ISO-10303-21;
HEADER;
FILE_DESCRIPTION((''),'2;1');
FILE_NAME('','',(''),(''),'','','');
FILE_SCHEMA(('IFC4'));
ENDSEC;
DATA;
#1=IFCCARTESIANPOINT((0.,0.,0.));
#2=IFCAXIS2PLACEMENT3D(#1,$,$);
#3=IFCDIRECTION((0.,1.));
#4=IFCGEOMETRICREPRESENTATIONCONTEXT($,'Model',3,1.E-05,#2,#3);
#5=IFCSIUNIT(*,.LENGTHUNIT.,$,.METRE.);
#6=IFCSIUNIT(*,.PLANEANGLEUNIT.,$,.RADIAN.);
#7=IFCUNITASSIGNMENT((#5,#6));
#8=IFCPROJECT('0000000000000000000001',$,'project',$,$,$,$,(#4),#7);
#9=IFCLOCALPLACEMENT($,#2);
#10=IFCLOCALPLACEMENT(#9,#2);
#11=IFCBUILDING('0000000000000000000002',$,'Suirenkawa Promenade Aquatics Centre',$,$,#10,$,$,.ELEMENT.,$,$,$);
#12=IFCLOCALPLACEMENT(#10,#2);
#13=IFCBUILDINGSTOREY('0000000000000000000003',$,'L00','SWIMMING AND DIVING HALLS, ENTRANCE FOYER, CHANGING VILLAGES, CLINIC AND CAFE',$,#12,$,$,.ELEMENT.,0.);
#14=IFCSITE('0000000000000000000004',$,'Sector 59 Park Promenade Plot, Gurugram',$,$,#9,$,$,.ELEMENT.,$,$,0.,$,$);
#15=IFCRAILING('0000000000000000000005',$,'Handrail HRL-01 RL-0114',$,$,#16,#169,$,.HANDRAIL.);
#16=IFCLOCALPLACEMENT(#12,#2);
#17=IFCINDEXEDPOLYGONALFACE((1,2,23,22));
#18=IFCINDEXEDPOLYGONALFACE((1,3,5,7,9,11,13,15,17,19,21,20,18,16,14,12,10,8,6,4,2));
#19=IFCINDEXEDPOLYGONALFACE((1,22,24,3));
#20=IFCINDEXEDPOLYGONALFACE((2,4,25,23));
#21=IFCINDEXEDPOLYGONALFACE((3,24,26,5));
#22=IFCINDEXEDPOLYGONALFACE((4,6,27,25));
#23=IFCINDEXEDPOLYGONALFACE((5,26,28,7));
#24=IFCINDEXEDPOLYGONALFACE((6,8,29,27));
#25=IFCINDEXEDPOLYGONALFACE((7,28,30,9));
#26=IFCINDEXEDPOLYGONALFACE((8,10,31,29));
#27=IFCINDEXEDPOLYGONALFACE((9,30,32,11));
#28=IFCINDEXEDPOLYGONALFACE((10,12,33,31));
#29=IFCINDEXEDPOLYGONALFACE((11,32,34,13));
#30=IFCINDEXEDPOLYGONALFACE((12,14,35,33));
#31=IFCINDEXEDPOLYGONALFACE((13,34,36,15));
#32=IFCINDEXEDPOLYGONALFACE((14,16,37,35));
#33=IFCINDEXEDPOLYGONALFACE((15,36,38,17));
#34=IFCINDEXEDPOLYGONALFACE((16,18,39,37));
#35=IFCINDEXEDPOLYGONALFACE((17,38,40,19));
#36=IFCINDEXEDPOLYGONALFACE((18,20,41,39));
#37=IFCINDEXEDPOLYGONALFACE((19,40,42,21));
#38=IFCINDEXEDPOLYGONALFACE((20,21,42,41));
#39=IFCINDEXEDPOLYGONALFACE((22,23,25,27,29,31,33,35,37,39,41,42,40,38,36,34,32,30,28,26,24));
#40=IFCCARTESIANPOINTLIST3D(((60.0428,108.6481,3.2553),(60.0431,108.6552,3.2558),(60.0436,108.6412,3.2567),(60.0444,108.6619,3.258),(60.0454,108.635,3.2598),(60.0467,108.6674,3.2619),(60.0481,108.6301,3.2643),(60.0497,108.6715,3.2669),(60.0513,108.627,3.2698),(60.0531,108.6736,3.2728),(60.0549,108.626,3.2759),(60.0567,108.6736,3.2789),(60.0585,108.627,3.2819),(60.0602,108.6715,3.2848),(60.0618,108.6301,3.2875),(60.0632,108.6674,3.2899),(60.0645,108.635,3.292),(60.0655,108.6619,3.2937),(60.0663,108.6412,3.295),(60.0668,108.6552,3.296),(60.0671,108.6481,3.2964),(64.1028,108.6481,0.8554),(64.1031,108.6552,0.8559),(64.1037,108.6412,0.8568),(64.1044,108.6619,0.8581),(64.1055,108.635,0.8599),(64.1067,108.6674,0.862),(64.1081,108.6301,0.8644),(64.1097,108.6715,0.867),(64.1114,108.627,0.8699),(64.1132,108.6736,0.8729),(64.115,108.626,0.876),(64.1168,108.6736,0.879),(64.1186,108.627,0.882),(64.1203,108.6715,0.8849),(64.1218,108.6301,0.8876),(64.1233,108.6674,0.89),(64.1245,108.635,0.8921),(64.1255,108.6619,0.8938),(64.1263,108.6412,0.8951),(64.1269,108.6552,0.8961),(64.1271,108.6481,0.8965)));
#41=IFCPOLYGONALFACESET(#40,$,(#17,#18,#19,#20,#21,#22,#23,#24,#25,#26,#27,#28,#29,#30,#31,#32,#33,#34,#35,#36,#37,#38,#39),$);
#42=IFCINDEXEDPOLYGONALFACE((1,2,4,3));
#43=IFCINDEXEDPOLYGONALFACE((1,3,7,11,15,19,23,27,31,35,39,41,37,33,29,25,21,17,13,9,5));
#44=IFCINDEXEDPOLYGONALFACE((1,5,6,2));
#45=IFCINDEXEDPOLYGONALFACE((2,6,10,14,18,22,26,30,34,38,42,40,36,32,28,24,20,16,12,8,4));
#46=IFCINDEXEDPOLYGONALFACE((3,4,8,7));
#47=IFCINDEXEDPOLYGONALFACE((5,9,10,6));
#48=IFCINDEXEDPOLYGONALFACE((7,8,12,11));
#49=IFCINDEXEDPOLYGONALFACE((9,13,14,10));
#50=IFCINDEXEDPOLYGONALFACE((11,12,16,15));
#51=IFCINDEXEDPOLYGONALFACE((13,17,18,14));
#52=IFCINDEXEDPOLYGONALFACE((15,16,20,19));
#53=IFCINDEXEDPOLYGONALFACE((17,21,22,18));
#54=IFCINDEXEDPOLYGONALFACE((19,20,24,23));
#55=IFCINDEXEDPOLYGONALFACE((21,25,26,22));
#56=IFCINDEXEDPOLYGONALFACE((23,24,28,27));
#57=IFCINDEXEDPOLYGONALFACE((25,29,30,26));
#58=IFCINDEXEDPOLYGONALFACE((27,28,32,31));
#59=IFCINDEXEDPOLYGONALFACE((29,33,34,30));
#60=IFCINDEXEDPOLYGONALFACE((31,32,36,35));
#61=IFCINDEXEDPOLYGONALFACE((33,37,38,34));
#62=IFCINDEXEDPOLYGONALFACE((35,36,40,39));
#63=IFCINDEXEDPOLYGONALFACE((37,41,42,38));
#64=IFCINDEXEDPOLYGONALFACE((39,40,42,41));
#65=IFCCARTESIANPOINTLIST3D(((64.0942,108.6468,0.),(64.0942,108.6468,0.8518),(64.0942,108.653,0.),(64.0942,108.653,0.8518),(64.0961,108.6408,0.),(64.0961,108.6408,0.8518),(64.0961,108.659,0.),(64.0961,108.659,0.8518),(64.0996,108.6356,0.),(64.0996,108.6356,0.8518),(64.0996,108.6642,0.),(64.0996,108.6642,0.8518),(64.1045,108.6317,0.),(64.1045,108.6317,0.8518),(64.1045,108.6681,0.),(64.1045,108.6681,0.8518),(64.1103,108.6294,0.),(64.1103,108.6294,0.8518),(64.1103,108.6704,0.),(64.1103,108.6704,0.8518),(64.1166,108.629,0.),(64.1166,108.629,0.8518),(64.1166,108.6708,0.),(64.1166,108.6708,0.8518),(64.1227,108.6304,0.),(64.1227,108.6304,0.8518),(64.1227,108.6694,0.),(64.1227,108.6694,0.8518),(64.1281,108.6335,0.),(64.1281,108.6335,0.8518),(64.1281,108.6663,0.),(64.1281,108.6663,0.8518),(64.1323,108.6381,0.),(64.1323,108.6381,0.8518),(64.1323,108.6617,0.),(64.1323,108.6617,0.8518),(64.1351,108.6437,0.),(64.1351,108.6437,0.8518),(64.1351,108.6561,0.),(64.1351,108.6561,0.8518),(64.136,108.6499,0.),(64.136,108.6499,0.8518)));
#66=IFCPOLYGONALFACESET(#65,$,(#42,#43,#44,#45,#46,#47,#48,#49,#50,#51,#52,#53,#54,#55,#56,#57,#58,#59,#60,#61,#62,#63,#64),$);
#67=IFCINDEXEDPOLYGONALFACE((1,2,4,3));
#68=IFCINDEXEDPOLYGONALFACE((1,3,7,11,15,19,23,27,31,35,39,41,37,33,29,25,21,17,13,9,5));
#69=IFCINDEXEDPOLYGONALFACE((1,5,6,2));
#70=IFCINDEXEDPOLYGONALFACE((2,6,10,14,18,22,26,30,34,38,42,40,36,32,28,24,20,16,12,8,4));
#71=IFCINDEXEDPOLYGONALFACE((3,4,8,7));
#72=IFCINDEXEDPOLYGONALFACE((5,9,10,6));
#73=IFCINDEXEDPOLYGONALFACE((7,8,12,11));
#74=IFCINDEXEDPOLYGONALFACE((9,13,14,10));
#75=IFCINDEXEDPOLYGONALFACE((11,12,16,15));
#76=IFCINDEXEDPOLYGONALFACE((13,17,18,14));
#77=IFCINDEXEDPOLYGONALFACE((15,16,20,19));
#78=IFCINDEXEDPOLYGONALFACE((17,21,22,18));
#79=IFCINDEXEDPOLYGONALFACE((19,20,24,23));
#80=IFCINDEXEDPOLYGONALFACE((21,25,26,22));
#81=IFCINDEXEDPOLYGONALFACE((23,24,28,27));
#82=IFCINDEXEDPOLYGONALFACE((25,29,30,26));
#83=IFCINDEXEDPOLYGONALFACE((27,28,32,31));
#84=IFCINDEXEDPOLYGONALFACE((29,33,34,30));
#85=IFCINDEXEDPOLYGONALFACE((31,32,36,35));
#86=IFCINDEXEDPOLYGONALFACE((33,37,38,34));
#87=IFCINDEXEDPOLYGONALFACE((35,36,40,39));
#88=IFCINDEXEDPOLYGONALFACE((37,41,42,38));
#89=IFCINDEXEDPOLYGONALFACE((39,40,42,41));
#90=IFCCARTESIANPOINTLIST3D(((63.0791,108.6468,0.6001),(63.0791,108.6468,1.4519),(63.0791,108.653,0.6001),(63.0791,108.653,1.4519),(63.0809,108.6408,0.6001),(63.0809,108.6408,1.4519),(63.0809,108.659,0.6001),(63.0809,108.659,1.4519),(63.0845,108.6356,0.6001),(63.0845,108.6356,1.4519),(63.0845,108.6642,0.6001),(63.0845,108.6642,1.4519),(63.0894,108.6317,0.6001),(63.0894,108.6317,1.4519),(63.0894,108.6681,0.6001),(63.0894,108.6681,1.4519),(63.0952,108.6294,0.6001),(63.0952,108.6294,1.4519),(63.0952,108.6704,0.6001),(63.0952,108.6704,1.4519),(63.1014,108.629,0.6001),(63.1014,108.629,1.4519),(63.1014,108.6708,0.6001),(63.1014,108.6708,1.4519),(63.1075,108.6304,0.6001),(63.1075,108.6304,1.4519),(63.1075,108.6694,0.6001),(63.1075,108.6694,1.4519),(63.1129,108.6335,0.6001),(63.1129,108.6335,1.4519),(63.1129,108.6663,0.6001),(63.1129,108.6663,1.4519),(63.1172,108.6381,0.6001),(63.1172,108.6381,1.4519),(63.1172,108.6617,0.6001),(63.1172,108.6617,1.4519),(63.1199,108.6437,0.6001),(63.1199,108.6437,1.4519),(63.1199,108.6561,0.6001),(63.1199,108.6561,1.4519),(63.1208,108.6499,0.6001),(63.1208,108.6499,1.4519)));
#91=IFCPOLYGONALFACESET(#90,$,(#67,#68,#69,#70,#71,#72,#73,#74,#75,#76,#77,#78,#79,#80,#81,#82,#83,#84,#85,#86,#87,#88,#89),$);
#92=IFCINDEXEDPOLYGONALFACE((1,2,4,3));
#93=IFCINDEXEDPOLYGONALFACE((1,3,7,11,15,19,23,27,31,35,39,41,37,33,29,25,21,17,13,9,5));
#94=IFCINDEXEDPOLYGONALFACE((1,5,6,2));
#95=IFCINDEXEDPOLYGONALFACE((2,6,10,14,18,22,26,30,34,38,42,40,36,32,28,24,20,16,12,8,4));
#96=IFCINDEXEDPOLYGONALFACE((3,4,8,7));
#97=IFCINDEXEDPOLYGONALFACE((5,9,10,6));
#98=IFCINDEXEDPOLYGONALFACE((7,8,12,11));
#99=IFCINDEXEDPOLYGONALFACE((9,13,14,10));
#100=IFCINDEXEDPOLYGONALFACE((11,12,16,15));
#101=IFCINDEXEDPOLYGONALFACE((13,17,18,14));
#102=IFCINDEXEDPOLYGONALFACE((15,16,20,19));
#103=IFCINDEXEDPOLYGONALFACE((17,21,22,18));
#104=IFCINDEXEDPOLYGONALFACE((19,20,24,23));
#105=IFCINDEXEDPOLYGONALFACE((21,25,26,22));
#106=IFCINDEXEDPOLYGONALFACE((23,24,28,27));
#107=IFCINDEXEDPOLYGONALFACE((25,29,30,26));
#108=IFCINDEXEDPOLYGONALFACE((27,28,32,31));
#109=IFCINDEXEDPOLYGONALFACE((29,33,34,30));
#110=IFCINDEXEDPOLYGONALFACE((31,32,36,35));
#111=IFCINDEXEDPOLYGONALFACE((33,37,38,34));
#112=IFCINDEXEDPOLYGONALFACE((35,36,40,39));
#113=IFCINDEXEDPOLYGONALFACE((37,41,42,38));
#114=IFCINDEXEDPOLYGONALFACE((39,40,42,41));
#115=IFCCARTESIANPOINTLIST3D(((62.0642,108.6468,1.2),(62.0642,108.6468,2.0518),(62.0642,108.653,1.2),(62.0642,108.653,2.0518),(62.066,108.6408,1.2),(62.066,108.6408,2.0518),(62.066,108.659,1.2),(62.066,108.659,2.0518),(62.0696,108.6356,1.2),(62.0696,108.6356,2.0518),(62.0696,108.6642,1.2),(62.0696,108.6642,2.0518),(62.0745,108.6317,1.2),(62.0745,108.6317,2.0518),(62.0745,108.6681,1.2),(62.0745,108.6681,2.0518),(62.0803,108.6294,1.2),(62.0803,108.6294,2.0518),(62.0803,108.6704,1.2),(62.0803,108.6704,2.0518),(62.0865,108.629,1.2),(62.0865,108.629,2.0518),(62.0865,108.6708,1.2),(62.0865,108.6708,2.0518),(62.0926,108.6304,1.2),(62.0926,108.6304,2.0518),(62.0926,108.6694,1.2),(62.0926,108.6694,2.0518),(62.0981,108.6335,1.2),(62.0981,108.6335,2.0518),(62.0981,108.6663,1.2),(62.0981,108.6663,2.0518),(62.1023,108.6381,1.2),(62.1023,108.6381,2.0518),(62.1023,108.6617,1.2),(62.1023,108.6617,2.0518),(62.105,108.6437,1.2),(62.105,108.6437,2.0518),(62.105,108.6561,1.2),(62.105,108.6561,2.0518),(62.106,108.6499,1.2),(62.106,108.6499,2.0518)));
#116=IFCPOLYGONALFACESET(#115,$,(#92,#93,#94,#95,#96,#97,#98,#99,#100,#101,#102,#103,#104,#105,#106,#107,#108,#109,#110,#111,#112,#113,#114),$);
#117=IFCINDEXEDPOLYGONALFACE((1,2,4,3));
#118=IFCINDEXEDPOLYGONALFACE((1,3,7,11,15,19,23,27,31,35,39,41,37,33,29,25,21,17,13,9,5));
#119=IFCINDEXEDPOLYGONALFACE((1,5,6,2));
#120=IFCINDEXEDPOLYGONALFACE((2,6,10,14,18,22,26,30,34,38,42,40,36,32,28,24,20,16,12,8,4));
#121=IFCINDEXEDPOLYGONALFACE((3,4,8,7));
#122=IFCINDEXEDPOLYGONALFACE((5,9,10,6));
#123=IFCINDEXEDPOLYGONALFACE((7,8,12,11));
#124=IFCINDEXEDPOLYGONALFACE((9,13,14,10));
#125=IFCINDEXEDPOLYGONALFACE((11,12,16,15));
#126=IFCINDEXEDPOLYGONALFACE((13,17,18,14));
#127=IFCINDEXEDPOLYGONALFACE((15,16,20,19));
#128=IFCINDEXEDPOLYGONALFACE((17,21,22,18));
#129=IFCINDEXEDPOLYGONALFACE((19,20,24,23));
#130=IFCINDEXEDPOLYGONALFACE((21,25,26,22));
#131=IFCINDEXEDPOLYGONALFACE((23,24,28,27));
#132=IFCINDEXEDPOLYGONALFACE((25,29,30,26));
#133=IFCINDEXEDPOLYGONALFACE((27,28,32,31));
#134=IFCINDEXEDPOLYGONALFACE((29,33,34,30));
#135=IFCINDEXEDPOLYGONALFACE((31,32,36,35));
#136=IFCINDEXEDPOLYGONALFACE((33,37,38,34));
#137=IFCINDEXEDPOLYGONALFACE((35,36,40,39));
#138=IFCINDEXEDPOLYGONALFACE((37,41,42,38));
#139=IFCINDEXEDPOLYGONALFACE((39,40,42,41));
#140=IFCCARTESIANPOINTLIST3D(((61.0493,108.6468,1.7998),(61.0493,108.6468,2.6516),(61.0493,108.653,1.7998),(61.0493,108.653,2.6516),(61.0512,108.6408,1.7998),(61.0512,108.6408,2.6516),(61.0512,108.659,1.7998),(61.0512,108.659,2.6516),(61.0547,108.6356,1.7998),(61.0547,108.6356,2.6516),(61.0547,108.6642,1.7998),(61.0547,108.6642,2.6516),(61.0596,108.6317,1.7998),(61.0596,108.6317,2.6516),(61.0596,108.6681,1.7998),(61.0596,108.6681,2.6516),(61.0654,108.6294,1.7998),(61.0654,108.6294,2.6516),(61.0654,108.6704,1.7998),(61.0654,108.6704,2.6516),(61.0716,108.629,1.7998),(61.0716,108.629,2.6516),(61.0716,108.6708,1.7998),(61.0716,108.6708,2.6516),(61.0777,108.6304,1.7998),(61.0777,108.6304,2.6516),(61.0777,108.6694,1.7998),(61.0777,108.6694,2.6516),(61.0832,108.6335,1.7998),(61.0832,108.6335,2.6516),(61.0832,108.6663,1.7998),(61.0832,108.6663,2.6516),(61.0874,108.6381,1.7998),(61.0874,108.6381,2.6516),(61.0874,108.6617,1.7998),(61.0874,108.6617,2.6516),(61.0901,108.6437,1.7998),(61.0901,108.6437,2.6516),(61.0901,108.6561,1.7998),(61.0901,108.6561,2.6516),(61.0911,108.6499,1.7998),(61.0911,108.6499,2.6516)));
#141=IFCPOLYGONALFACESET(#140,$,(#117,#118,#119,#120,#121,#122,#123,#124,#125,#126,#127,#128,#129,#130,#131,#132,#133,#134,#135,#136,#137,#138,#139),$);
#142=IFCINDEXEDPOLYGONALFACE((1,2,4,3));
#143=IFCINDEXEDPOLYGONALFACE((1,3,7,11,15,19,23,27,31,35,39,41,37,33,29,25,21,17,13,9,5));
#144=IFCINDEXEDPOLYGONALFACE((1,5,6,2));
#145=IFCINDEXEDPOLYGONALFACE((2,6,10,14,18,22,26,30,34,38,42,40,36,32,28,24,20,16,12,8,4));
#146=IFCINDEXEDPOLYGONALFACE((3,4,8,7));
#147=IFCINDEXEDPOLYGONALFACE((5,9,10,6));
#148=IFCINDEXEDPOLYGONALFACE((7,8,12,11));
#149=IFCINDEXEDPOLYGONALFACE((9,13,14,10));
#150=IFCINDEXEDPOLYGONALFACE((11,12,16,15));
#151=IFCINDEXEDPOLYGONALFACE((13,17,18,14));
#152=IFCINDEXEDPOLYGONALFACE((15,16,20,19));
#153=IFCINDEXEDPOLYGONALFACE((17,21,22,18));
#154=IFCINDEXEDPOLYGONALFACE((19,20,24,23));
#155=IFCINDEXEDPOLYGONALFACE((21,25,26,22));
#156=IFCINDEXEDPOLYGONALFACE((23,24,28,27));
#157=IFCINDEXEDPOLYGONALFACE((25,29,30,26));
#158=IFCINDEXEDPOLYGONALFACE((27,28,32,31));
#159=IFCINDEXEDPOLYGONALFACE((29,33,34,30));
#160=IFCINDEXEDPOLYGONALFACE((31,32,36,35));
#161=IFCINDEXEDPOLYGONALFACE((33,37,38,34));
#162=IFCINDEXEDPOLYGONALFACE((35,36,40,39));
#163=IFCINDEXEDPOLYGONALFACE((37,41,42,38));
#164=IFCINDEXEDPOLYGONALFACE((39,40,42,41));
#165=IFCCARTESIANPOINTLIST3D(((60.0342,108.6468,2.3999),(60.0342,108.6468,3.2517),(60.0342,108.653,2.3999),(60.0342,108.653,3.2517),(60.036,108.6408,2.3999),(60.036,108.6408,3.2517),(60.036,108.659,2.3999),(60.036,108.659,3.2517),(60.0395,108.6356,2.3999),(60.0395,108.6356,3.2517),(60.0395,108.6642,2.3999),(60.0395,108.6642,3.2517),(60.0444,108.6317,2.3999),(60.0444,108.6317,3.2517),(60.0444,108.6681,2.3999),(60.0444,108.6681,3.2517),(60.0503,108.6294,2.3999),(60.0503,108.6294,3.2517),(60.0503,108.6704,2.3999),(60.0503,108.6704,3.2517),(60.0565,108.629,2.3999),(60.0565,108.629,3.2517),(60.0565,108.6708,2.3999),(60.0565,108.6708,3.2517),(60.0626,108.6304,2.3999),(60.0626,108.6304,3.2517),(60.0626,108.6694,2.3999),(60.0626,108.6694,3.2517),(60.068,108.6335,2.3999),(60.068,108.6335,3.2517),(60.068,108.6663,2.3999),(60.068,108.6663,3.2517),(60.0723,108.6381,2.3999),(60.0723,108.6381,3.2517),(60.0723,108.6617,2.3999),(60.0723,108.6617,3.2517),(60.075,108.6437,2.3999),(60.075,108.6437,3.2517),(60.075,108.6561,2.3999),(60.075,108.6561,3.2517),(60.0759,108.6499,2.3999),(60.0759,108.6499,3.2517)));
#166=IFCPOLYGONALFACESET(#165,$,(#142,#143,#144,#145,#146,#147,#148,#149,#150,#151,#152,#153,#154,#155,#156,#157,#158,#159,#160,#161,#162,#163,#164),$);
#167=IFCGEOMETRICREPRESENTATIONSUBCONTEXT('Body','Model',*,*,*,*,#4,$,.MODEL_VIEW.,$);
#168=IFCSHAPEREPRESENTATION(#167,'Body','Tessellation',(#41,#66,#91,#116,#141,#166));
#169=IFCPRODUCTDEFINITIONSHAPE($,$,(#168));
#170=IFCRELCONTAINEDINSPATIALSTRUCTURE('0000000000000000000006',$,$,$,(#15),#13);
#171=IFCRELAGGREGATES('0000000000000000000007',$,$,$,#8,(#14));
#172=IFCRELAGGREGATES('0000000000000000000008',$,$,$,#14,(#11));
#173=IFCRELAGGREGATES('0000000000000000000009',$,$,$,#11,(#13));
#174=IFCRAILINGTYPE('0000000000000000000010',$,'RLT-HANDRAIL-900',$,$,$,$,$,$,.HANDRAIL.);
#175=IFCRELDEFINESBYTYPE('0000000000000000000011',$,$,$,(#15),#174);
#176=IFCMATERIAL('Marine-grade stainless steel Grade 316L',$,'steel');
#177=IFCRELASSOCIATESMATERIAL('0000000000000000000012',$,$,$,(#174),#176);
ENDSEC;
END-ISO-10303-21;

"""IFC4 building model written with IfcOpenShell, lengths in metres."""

from ifc_helpers import new_model, si_unit, direction, frame, origin, origin_2d, place, context, subcontext, project, spatial, circle, extrude, material, type_object, element, save


model = new_model("IFC4")

# Units and contexts
model_context = context("Model", 3, precision=1e-05, world=origin(), true_north=direction((0.0, 1.0)))
body_context = subcontext(model_context, "Body", "Model", "MODEL_VIEW")
ifc_project = project(units=[si_unit("LENGTHUNIT", "METRE"), si_unit("PLANEANGLEUNIT", "RADIAN")], contexts=[model_context])

# Site, building, storey
site_placement = place(None, origin())
site = spatial("IfcSite", under=ifc_project, at=site_placement, Name="Sector 59 Park Promenade Plot, Gurugram", CompositionType="ELEMENT", RefElevation=0.0)
building_placement = place(site_placement, origin())
building = spatial("IfcBuilding", under=site, at=building_placement, Name="Suirenkawa Promenade Aquatics Centre", CompositionType="ELEMENT")
storey_placement = place(building_placement, origin())
storey = spatial("IfcBuildingStorey", under=building, at=storey_placement, Name="L00", Description="SWIMMING AND DIVING HALLS, ENTRANCE FOYER, CHANGING VILLAGES, CLINIC AND CAFE", CompositionType="ELEMENT", Elevation=0.0)

# Shared definitions
ifc_material_1 = material(Name="Marine-grade stainless steel Grade 316L", Category="steel")

# Railing
railing_type_1 = type_object("IfcRailingType", Name="RLT-HANDRAIL-900", PredefinedType="HANDRAIL", material=ifc_material_1)
for number, where, name in (
    (1, (64.115, 108.6499, 0.0), "Handrail HRL-01 RL-0114"),
):
    element("IfcRailing", number, at=place(storey_placement, frame(where)), inside=storey, type_object=railing_type_1, Name=name, PredefinedType="HANDRAIL", context=body_context, shape_type="SweptSolid", body=[
        extrude(circle(Radius=0.0239, at=origin_2d()), frame((0.0, 0.0, 0.876), z_axis=(-0.860854, 0.0, 0.508851), x_axis=(0.0, -1.0, 0.0)), (0.0, 0.0, 1.0), 4.7163),
        extrude(circle(Radius=0.021, at=origin_2d()), origin(), (0.0, 0.0, 1.0), 0.8518),
        extrude(circle(Radius=0.021, at=origin_2d()), frame((-1.0151, 0.0, 0.6001)), (0.0, 0.0, 1.0), 0.8518),
        extrude(circle(Radius=0.021, at=origin_2d()), frame((-2.03, 0.0, 1.2)), (0.0, 0.0, 1.0), 0.8518),
        extrude(circle(Radius=0.021, at=origin_2d()), frame((-3.0449, 0.0, 1.7998)), (0.0, 0.0, 1.0), 0.8518),
        extrude(circle(Radius=0.021, at=origin_2d()), frame((-4.0601, 0.0, 2.3999)), (0.0, 0.0, 1.0), 0.8518),
    ])

save(model, "model.ifc")
